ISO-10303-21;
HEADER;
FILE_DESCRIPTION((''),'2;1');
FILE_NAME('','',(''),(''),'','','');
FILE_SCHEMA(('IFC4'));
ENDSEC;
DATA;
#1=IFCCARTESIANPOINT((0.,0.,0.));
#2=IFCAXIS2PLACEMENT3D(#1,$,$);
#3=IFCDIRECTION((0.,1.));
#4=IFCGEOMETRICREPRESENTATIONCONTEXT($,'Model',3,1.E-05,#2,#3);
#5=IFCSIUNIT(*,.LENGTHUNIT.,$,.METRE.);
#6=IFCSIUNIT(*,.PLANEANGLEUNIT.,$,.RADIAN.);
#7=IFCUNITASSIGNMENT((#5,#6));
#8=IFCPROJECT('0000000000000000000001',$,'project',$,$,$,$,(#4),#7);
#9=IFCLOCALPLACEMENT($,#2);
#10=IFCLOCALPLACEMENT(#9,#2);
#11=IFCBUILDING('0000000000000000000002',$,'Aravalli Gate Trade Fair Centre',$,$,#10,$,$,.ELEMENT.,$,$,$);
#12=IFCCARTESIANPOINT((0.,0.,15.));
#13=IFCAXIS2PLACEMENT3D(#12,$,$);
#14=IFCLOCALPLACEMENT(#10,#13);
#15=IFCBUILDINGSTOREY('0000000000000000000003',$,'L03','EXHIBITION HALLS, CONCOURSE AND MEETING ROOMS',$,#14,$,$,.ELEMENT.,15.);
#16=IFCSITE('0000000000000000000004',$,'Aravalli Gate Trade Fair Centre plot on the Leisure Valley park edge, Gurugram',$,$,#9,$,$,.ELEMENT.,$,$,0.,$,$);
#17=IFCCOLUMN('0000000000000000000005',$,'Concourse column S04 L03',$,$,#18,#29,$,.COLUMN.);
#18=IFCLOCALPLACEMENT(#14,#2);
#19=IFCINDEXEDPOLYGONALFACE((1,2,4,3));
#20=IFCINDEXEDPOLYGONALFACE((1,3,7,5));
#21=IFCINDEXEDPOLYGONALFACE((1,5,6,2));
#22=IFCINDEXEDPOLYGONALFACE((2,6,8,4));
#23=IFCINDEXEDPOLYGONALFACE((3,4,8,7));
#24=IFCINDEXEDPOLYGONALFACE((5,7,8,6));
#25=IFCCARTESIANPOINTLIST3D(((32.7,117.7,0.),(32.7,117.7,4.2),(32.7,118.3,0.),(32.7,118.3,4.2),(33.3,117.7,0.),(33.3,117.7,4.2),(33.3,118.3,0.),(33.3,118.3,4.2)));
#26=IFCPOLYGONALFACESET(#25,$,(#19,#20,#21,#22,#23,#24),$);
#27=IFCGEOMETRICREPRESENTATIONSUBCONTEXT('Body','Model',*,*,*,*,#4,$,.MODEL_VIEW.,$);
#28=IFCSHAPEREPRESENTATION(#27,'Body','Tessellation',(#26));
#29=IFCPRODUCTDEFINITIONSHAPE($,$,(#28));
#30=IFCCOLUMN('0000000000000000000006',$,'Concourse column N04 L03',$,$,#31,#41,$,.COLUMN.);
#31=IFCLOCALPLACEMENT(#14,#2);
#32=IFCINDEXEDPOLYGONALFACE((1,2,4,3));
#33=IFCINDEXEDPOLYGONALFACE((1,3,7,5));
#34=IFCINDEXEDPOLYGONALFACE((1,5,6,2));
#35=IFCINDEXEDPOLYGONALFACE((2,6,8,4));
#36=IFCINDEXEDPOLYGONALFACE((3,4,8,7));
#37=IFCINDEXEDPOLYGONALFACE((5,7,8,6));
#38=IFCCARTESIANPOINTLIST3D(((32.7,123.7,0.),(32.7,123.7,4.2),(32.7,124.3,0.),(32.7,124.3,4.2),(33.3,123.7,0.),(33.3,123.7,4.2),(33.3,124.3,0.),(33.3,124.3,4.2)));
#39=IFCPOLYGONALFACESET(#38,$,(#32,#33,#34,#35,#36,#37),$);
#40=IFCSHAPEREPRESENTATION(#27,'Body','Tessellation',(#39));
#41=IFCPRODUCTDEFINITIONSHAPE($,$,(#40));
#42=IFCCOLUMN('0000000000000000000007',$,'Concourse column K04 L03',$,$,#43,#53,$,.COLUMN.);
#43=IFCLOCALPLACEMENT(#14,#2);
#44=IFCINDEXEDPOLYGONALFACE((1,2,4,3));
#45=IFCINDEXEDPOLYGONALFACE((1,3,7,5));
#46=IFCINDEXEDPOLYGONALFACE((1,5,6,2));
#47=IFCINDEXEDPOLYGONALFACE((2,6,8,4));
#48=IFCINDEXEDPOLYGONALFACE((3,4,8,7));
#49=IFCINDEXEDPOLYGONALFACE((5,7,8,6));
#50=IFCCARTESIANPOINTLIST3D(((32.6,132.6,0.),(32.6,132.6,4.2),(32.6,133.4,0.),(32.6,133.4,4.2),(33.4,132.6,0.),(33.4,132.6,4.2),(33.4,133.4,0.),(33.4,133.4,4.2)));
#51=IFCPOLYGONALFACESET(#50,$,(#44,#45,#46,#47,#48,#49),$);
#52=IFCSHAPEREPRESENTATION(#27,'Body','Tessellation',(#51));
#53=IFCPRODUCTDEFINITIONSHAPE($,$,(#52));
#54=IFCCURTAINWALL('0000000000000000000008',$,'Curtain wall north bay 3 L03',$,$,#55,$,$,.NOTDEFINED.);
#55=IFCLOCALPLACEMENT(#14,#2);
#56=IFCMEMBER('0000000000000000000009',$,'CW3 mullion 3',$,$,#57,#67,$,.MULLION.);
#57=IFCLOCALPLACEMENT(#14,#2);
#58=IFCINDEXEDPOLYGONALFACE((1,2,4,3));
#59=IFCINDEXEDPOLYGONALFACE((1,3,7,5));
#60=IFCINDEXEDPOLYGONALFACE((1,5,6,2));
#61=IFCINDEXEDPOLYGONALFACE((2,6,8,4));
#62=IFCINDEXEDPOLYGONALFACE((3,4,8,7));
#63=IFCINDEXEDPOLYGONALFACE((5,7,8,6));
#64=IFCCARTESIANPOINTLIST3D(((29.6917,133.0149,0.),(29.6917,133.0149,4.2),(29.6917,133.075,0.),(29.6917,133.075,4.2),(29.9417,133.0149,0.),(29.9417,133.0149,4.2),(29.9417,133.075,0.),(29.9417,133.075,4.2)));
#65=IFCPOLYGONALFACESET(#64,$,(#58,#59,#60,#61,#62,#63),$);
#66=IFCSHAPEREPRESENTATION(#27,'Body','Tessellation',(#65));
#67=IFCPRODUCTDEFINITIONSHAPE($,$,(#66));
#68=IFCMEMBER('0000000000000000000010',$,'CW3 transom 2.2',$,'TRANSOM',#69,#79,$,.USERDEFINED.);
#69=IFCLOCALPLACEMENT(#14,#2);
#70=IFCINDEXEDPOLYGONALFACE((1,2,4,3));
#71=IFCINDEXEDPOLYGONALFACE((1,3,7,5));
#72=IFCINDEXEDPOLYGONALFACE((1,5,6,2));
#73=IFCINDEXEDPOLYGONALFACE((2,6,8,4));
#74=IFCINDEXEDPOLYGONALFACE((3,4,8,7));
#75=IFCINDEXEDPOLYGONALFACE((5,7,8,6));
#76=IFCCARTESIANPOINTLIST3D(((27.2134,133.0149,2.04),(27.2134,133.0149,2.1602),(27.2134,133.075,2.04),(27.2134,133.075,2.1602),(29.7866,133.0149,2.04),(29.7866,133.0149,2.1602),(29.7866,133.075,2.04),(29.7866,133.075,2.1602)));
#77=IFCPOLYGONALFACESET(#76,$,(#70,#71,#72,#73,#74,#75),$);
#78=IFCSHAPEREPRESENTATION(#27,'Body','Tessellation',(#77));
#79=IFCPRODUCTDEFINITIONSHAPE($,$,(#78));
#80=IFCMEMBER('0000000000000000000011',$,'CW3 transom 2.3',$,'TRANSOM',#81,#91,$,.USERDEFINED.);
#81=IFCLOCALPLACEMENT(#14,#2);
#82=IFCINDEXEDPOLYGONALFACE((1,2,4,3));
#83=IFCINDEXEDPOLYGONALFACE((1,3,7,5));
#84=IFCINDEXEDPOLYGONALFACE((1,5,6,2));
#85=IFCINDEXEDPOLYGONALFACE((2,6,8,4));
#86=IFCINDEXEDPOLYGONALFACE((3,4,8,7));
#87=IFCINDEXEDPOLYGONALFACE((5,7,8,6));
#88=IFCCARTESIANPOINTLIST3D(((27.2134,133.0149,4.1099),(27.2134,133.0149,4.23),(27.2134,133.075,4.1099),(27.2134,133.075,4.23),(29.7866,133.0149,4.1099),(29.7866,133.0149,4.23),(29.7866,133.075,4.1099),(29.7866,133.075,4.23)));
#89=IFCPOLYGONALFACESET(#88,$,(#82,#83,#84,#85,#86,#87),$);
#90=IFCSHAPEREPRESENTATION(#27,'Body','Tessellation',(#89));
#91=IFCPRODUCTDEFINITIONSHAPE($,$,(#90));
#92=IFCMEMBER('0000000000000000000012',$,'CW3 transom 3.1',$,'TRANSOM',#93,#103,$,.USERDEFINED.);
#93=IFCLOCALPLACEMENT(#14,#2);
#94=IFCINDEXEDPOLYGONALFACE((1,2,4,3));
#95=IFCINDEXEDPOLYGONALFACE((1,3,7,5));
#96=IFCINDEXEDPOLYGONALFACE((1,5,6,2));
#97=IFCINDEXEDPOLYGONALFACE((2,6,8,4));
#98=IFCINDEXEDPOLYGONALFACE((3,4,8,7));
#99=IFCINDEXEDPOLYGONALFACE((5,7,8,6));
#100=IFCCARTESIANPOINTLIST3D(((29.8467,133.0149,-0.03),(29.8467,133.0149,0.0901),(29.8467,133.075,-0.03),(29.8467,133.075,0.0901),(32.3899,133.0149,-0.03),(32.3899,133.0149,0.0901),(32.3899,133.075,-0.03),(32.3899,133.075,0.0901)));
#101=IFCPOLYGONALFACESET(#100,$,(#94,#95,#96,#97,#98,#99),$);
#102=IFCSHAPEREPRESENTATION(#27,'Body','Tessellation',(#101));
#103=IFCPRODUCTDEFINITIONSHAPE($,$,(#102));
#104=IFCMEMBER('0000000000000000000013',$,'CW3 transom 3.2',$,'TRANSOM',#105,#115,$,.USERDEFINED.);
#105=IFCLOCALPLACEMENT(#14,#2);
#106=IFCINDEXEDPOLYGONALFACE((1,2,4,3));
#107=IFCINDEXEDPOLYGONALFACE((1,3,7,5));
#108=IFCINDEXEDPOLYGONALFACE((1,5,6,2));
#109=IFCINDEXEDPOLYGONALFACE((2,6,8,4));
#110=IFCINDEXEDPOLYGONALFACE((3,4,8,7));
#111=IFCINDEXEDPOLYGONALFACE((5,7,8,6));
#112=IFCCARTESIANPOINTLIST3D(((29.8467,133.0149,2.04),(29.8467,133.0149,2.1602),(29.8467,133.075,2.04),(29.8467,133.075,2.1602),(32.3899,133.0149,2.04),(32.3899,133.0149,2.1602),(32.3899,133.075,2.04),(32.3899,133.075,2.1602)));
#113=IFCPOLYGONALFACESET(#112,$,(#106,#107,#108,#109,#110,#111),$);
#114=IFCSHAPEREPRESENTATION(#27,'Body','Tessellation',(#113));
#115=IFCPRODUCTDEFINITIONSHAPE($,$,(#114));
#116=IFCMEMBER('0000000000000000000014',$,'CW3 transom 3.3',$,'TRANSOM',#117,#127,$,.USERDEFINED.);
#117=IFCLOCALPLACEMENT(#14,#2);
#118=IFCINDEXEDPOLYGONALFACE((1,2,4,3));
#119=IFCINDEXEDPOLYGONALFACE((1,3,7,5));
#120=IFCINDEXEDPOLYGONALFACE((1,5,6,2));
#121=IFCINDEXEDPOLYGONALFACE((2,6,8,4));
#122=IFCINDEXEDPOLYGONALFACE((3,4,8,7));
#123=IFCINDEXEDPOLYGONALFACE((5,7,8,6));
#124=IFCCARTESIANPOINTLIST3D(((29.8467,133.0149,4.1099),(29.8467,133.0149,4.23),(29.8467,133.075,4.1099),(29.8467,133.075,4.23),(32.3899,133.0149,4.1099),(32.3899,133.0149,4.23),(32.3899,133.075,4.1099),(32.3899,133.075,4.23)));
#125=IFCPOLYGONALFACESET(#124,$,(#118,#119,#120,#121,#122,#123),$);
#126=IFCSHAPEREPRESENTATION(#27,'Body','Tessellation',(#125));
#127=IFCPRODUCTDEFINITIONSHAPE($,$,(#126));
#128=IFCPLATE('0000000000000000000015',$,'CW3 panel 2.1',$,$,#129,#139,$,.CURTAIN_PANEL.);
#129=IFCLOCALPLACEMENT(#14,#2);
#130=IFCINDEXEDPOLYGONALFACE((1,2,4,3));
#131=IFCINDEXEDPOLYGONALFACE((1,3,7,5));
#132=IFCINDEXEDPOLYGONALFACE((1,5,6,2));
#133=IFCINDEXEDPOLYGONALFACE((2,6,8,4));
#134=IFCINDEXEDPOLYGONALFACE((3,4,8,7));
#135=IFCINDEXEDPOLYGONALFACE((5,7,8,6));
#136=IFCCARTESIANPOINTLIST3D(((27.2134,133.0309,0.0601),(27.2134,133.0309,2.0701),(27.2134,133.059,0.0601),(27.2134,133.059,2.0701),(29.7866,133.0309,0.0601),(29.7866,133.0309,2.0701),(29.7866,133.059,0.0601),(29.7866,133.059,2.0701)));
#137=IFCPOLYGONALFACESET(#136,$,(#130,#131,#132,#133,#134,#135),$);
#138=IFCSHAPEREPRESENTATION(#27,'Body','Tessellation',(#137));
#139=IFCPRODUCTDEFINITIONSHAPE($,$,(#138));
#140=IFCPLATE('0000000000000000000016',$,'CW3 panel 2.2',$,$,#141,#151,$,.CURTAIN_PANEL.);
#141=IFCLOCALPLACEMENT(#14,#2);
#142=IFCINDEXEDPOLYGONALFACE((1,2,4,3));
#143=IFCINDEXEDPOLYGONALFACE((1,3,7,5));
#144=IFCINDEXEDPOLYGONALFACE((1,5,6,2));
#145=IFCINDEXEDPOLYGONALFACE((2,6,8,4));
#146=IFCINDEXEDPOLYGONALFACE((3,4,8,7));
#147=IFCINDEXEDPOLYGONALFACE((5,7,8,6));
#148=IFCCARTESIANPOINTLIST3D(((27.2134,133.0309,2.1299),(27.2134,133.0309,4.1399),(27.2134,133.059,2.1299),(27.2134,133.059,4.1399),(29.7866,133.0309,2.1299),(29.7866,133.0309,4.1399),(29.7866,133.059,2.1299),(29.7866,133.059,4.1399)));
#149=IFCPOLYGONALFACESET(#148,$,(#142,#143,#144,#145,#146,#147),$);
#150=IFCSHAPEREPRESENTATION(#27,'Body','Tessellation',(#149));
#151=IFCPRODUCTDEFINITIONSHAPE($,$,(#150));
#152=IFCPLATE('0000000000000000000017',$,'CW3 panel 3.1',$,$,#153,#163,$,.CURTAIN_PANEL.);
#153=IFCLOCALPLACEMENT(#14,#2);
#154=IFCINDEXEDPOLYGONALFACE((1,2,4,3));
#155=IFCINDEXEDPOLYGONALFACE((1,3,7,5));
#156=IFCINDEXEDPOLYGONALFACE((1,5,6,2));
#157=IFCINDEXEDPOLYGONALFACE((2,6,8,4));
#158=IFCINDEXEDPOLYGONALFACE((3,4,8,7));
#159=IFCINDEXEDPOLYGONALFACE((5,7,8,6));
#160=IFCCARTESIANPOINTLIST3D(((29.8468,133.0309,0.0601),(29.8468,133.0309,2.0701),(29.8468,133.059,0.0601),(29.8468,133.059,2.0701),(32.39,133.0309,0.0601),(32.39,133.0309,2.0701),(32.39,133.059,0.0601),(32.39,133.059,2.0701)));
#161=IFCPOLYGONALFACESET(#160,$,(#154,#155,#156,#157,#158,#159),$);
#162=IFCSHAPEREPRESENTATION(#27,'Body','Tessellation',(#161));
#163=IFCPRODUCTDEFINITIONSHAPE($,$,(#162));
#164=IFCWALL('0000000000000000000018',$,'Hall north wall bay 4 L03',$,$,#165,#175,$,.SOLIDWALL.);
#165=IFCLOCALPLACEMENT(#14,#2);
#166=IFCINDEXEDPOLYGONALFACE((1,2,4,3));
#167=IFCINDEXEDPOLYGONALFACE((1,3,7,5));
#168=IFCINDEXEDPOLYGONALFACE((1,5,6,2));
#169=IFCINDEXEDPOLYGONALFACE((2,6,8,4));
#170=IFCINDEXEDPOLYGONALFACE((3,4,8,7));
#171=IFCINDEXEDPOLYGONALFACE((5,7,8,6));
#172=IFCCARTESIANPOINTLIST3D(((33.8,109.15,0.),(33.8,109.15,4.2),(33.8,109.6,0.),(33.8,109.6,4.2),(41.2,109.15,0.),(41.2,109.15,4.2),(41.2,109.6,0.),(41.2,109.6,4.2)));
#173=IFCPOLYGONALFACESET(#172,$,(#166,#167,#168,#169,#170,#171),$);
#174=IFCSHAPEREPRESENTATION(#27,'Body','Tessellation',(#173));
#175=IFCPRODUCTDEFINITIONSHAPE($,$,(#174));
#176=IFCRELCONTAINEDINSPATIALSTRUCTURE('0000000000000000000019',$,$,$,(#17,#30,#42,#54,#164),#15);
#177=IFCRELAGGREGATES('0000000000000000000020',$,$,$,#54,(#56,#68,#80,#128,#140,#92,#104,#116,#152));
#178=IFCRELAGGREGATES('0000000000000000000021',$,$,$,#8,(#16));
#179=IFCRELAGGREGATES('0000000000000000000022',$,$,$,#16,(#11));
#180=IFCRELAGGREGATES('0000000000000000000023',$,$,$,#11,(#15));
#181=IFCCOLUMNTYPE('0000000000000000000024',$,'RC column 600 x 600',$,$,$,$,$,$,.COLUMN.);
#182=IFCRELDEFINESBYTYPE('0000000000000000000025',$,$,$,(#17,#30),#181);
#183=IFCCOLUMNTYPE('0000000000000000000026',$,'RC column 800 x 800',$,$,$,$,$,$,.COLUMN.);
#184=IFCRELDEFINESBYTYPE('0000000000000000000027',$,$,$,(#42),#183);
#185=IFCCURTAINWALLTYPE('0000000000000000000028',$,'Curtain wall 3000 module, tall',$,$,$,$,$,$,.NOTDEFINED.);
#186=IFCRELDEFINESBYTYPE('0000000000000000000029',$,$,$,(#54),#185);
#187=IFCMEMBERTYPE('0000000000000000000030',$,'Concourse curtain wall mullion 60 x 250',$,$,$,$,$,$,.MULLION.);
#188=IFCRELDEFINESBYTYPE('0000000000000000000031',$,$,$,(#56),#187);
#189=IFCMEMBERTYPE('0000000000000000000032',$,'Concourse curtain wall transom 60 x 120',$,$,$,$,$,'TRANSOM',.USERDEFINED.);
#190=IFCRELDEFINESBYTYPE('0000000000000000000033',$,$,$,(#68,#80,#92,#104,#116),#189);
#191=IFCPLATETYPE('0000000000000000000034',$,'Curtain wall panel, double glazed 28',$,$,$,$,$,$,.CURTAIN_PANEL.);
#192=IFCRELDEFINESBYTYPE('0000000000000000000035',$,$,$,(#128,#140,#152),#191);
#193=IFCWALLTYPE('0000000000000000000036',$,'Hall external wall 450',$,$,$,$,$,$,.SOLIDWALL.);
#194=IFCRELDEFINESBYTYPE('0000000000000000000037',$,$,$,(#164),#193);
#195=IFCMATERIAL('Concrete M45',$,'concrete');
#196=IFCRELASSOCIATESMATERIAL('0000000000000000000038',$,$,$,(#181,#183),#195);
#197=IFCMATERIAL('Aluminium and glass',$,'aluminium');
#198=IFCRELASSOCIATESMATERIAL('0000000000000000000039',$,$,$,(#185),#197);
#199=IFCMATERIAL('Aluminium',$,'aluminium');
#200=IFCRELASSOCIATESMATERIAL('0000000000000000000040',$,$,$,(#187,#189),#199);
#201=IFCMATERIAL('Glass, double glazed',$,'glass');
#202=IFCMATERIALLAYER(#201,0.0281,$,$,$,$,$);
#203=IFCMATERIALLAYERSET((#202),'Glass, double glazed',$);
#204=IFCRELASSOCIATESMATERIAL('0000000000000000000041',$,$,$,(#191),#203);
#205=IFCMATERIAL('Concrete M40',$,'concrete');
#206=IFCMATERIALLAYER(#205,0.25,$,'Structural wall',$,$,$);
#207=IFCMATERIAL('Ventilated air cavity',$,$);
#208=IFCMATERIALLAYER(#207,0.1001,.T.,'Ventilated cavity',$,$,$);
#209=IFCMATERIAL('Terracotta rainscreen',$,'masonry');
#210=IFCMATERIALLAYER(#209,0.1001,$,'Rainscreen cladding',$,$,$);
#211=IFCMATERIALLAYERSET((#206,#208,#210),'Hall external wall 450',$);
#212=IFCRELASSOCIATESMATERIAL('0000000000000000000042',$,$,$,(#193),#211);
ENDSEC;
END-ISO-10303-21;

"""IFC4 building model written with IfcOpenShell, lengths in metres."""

from ifc_helpers import new_model, si_unit, direction, frame, frame_2d, origin, origin_2d, place, context, subcontext, project, spatial, rectangle, extrude, material, layer, layer_set, material_profile, profile_set, type_object, element, aggregate, save


model = new_model("IFC4")

# Units and contexts
model_context = context("Model", 3, precision=1e-05, world=origin(), true_north=direction((0.0, 1.0)))
body_context = subcontext(model_context, "Body", "Model", "MODEL_VIEW")
ifc_project = project(units=[si_unit("LENGTHUNIT", "METRE"), si_unit("PLANEANGLEUNIT", "RADIAN")], contexts=[model_context])

# Site, building, storey
site_placement = place(None, origin())
site = spatial("IfcSite", under=ifc_project, at=site_placement, Name="Aravalli Gate Trade Fair Centre plot on the Leisure Valley park edge, Gurugram", CompositionType="ELEMENT", RefElevation=0.0)
building_placement = place(site_placement, origin())
building = spatial("IfcBuilding", under=site, at=building_placement, Name="Aravalli Gate Trade Fair Centre", CompositionType="ELEMENT")
storey_placement = place(building_placement, frame((0.0, 0.0, 15.0)))
storey = spatial("IfcBuildingStorey", under=building, at=storey_placement, Name="L03", Description="EXHIBITION HALLS, CONCOURSE AND MEETING ROOMS", CompositionType="ELEMENT", Elevation=15.0)

# Columns
ifc_material_1 = material(Name="Concrete M45", Category="concrete")
ifc_material_profile_1 = material_profile(ifc_material_1, rectangle(XDim=0.6001, YDim=0.6001, at=origin_2d()), Name="RC column 600 x 600")
ifc_profile_set_1 = profile_set([ifc_material_profile_1], Name="Concrete M45")
column_type_1 = type_object("IfcColumnType", Name="RC column 600 x 600", PredefinedType="COLUMN", material=ifc_profile_set_1)
for number, where, z_axis, x_axis, name in (
    (1, (33.0, 118.0, 0.0), (0.0, 0.0, 1.0), (1.0, 0.0, 0.0), "Concourse column S04 L03"),
    (2, (33.0, 124.0, 0.0), (0.0, 0.0, 1.0), (1.0, 0.0, 0.0), "Concourse column N04 L03"),
):
    element("IfcColumn", number, at=place(storey_placement, frame(where, z_axis=z_axis, x_axis=x_axis)), inside=storey, type_object=column_type_1, Name=name, PredefinedType="COLUMN", context=body_context, shape_type="SweptSolid", body=[
        extrude(rectangle(XDim=0.6001, YDim=0.6001, at=origin_2d()), origin(), (0.0, 0.0, 1.0), 4.2),
    ])
ifc_material_profile_2 = material_profile(ifc_material_1, rectangle(XDim=0.8, YDim=0.8, at=origin_2d()), Name="RC column 800 x 800")
ifc_profile_set_2 = profile_set([ifc_material_profile_2], Name="Concrete M45")
column_type_2 = type_object("IfcColumnType", Name="RC column 800 x 800", PredefinedType="COLUMN", material=ifc_profile_set_2)
column_placement = place(storey_placement, frame((33.0, 133.0, 0.0), z_axis=(0.0, 0.0, 1.0), x_axis=(1.0, 0.0, 0.0)))
element("IfcColumn", 3, at=column_placement, inside=storey, type_object=column_type_2, Name="Concourse column K04 L03", PredefinedType="COLUMN", context=body_context, shape_type="SweptSolid", body=[
    extrude(rectangle(XDim=0.8, YDim=0.8, at=origin_2d()), origin(), (0.0, 0.0, 1.0), 4.2),
])

# Curtain wall, members, plates
ifc_material_2 = material(Name="Aluminium and glass", Category="aluminium")
curtain_wall_type = type_object("IfcCurtainWallType", Name="Curtain wall 3000 module, tall", PredefinedType="NOTDEFINED", material=ifc_material_2)
curtain_wall_placement = place(storey_placement, origin())
curtain_wall = element("IfcCurtainWall", 4, at=curtain_wall_placement, inside=storey, type_object=curtain_wall_type, Name="Curtain wall north bay 3 L03", PredefinedType="NOTDEFINED")
ifc_material_3 = material(Name="Aluminium", Category="aluminium")
ifc_material_profile_3 = material_profile(ifc_material_3, rectangle(XDim=0.0601, YDim=0.25, at=origin_2d()), Name="Concourse curtain wall mullion 60 x 250")
ifc_profile_set_3 = profile_set([ifc_material_profile_3], Name="Aluminium")
member_type_1 = type_object("IfcMemberType", Name="Concourse curtain wall mullion 60 x 250", PredefinedType="MULLION", material=ifc_profile_set_3)
member_1_placement = place(storey_placement, frame((29.8167, 133.0449, 0.0), z_axis=(0.0, 0.0, 1.0), x_axis=(0.0, 1.0, 0.0)))
member_1 = element("IfcMember", 5, at=member_1_placement, type_object=member_type_1, Name="CW3 mullion 3", PredefinedType="MULLION", context=body_context, shape_type="SweptSolid", body=[
    extrude(rectangle(XDim=0.0601, YDim=0.25, at=origin_2d()), origin(), (0.0, 0.0, 1.0), 4.2),
])
ifc_material_profile_4 = material_profile(ifc_material_3, rectangle(XDim=0.0601, YDim=0.1201, at=origin_2d()), Name="Concourse curtain wall transom 60 x 120")
ifc_profile_set_4 = profile_set([ifc_material_profile_4], Name="Aluminium")
member_type_2 = type_object("IfcMemberType", Name="Concourse curtain wall transom 60 x 120", ElementType="TRANSOM", PredefinedType="USERDEFINED", material=ifc_profile_set_4)
member_2_placement = place(storey_placement, frame((27.2134, 133.0449, 2.1001), z_axis=(1.0, 0.0, 0.0), x_axis=(0.0, 1.0, 0.0)))
member_2 = element("IfcMember", 6, at=member_2_placement, type_object=member_type_2, Name="CW3 transom 2.2", ObjectType="TRANSOM", PredefinedType="USERDEFINED", context=body_context, shape_type="SweptSolid", body=[
    extrude(rectangle(XDim=0.0601, YDim=0.1201, at=origin_2d()), origin(), (0.0, 0.0, 1.0), 2.5732),
])
member_3_placement = place(storey_placement, frame((27.2134, 133.0449, 4.1699), z_axis=(1.0, 0.0, 0.0), x_axis=(0.0, 1.0, 0.0)))
member_3 = element("IfcMember", 7, at=member_3_placement, type_object=member_type_2, Name="CW3 transom 2.3", ObjectType="TRANSOM", PredefinedType="USERDEFINED", context=body_context, shape_type="SweptSolid", body=[
    extrude(rectangle(XDim=0.0601, YDim=0.1201, at=origin_2d()), origin(), (0.0, 0.0, 1.0), 2.5732),
])
member_4_placement = place(storey_placement, frame((29.8467, 133.0449, 0.03), z_axis=(1.0, 0.0, 0.0), x_axis=(0.0, 1.0, 0.0)))
member_4 = element("IfcMember", 8, at=member_4_placement, type_object=member_type_2, Name="CW3 transom 3.1", ObjectType="TRANSOM", PredefinedType="USERDEFINED", context=body_context, shape_type="SweptSolid", body=[
    extrude(rectangle(XDim=0.0601, YDim=0.1201, at=origin_2d()), origin(), (0.0, 0.0, 1.0), 2.5432),
])
member_5_placement = place(storey_placement, frame((29.8467, 133.0449, 2.1001), z_axis=(1.0, 0.0, 0.0), x_axis=(0.0, 1.0, 0.0)))
member_5 = element("IfcMember", 9, at=member_5_placement, type_object=member_type_2, Name="CW3 transom 3.2", ObjectType="TRANSOM", PredefinedType="USERDEFINED", context=body_context, shape_type="SweptSolid", body=[
    extrude(rectangle(XDim=0.0601, YDim=0.1201, at=origin_2d()), origin(), (0.0, 0.0, 1.0), 2.5432),
])
member_6_placement = place(storey_placement, frame((29.8467, 133.0449, 4.1699), z_axis=(1.0, 0.0, 0.0), x_axis=(0.0, 1.0, 0.0)))
member_6 = element("IfcMember", 10, at=member_6_placement, type_object=member_type_2, Name="CW3 transom 3.3", ObjectType="TRANSOM", PredefinedType="USERDEFINED", context=body_context, shape_type="SweptSolid", body=[
    extrude(rectangle(XDim=0.0601, YDim=0.1201, at=origin_2d()), origin(), (0.0, 0.0, 1.0), 2.5432),
])
ifc_material_4 = material(Name="Glass, double glazed", Category="glass")
ifc_layer_1 = layer(ifc_material_4, 0.0281)
ifc_layer_set_1 = layer_set([ifc_layer_1], Name="Glass, double glazed")
plate_type = type_object("IfcPlateType", Name="Curtain wall panel, double glazed 28", PredefinedType="CURTAIN_PANEL", material=ifc_layer_set_1)
plate_1_placement = place(storey_placement, frame((28.5, 133.0449, 0.0601), z_axis=(0.0, 0.0, 1.0), x_axis=(1.0, 0.0, 0.0)))
plate_1 = element("IfcPlate", 11, at=plate_1_placement, type_object=plate_type, Name="CW3 panel 2.1", PredefinedType="CURTAIN_PANEL", context=body_context, shape_type="SweptSolid", body=[
    extrude(rectangle(XDim=2.5732, YDim=0.0281, at=origin_2d()), origin(), (0.0, 0.0, 1.0), 2.01),
])
plate_2_placement = place(storey_placement, frame((28.5, 133.0449, 2.1299), z_axis=(0.0, 0.0, 1.0), x_axis=(1.0, 0.0, 0.0)))
plate_2 = element("IfcPlate", 12, at=plate_2_placement, type_object=plate_type, Name="CW3 panel 2.2", PredefinedType="CURTAIN_PANEL", context=body_context, shape_type="SweptSolid", body=[
    extrude(rectangle(XDim=2.5732, YDim=0.0281, at=origin_2d()), origin(), (0.0, 0.0, 1.0), 2.01),
])
plate_3_placement = place(storey_placement, frame((31.1184, 133.0449, 0.0601), z_axis=(0.0, 0.0, 1.0), x_axis=(1.0, 0.0, 0.0)))
plate_3 = element("IfcPlate", 13, at=plate_3_placement, type_object=plate_type, Name="CW3 panel 3.1", PredefinedType="CURTAIN_PANEL", context=body_context, shape_type="SweptSolid", body=[
    extrude(rectangle(XDim=2.5432, YDim=0.0281, at=origin_2d()), origin(), (0.0, 0.0, 1.0), 2.01),
])
aggregate(curtain_wall, [member_1, member_2, member_3, plate_1, plate_2, member_4, member_5, member_6, plate_3])

# Wall
ifc_material_5 = material(Name="Concrete M40", Category="concrete")
ifc_layer_2 = layer(ifc_material_5, 0.25, Name="Structural wall")
ifc_material_6 = material(Name="Ventilated air cavity")
ifc_layer_3 = layer(ifc_material_6, 0.1001, ventilated=True, Name="Ventilated cavity")
ifc_material_7 = material(Name="Terracotta rainscreen", Category="masonry")
ifc_layer_4 = layer(ifc_material_7, 0.1001, Name="Rainscreen cladding")
ifc_layer_set_2 = layer_set([ifc_layer_2, ifc_layer_3, ifc_layer_4], Name="Hall external wall 450")
wall_type_1 = type_object("IfcWallType", Name="Hall external wall 450", PredefinedType="SOLIDWALL", material=ifc_layer_set_2)
wall_1_placement = place(storey_placement, frame((33.8, 109.375, 0.0), z_axis=(0.0, 0.0, 1.0), x_axis=(1.0, 0.0, 0.0)))
element("IfcWall", 14, at=wall_1_placement, inside=storey, type_object=wall_type_1, Name="Hall north wall bay 4 L03", PredefinedType="SOLIDWALL", context=body_context, shape_type="SweptSolid", body=[
    extrude(rectangle(XDim=7.3999, YDim=0.45, at=frame_2d((3.7, 0.0))), origin(), (0.0, 0.0, 1.0), 4.2),
])

save(model, "model.ifc")
